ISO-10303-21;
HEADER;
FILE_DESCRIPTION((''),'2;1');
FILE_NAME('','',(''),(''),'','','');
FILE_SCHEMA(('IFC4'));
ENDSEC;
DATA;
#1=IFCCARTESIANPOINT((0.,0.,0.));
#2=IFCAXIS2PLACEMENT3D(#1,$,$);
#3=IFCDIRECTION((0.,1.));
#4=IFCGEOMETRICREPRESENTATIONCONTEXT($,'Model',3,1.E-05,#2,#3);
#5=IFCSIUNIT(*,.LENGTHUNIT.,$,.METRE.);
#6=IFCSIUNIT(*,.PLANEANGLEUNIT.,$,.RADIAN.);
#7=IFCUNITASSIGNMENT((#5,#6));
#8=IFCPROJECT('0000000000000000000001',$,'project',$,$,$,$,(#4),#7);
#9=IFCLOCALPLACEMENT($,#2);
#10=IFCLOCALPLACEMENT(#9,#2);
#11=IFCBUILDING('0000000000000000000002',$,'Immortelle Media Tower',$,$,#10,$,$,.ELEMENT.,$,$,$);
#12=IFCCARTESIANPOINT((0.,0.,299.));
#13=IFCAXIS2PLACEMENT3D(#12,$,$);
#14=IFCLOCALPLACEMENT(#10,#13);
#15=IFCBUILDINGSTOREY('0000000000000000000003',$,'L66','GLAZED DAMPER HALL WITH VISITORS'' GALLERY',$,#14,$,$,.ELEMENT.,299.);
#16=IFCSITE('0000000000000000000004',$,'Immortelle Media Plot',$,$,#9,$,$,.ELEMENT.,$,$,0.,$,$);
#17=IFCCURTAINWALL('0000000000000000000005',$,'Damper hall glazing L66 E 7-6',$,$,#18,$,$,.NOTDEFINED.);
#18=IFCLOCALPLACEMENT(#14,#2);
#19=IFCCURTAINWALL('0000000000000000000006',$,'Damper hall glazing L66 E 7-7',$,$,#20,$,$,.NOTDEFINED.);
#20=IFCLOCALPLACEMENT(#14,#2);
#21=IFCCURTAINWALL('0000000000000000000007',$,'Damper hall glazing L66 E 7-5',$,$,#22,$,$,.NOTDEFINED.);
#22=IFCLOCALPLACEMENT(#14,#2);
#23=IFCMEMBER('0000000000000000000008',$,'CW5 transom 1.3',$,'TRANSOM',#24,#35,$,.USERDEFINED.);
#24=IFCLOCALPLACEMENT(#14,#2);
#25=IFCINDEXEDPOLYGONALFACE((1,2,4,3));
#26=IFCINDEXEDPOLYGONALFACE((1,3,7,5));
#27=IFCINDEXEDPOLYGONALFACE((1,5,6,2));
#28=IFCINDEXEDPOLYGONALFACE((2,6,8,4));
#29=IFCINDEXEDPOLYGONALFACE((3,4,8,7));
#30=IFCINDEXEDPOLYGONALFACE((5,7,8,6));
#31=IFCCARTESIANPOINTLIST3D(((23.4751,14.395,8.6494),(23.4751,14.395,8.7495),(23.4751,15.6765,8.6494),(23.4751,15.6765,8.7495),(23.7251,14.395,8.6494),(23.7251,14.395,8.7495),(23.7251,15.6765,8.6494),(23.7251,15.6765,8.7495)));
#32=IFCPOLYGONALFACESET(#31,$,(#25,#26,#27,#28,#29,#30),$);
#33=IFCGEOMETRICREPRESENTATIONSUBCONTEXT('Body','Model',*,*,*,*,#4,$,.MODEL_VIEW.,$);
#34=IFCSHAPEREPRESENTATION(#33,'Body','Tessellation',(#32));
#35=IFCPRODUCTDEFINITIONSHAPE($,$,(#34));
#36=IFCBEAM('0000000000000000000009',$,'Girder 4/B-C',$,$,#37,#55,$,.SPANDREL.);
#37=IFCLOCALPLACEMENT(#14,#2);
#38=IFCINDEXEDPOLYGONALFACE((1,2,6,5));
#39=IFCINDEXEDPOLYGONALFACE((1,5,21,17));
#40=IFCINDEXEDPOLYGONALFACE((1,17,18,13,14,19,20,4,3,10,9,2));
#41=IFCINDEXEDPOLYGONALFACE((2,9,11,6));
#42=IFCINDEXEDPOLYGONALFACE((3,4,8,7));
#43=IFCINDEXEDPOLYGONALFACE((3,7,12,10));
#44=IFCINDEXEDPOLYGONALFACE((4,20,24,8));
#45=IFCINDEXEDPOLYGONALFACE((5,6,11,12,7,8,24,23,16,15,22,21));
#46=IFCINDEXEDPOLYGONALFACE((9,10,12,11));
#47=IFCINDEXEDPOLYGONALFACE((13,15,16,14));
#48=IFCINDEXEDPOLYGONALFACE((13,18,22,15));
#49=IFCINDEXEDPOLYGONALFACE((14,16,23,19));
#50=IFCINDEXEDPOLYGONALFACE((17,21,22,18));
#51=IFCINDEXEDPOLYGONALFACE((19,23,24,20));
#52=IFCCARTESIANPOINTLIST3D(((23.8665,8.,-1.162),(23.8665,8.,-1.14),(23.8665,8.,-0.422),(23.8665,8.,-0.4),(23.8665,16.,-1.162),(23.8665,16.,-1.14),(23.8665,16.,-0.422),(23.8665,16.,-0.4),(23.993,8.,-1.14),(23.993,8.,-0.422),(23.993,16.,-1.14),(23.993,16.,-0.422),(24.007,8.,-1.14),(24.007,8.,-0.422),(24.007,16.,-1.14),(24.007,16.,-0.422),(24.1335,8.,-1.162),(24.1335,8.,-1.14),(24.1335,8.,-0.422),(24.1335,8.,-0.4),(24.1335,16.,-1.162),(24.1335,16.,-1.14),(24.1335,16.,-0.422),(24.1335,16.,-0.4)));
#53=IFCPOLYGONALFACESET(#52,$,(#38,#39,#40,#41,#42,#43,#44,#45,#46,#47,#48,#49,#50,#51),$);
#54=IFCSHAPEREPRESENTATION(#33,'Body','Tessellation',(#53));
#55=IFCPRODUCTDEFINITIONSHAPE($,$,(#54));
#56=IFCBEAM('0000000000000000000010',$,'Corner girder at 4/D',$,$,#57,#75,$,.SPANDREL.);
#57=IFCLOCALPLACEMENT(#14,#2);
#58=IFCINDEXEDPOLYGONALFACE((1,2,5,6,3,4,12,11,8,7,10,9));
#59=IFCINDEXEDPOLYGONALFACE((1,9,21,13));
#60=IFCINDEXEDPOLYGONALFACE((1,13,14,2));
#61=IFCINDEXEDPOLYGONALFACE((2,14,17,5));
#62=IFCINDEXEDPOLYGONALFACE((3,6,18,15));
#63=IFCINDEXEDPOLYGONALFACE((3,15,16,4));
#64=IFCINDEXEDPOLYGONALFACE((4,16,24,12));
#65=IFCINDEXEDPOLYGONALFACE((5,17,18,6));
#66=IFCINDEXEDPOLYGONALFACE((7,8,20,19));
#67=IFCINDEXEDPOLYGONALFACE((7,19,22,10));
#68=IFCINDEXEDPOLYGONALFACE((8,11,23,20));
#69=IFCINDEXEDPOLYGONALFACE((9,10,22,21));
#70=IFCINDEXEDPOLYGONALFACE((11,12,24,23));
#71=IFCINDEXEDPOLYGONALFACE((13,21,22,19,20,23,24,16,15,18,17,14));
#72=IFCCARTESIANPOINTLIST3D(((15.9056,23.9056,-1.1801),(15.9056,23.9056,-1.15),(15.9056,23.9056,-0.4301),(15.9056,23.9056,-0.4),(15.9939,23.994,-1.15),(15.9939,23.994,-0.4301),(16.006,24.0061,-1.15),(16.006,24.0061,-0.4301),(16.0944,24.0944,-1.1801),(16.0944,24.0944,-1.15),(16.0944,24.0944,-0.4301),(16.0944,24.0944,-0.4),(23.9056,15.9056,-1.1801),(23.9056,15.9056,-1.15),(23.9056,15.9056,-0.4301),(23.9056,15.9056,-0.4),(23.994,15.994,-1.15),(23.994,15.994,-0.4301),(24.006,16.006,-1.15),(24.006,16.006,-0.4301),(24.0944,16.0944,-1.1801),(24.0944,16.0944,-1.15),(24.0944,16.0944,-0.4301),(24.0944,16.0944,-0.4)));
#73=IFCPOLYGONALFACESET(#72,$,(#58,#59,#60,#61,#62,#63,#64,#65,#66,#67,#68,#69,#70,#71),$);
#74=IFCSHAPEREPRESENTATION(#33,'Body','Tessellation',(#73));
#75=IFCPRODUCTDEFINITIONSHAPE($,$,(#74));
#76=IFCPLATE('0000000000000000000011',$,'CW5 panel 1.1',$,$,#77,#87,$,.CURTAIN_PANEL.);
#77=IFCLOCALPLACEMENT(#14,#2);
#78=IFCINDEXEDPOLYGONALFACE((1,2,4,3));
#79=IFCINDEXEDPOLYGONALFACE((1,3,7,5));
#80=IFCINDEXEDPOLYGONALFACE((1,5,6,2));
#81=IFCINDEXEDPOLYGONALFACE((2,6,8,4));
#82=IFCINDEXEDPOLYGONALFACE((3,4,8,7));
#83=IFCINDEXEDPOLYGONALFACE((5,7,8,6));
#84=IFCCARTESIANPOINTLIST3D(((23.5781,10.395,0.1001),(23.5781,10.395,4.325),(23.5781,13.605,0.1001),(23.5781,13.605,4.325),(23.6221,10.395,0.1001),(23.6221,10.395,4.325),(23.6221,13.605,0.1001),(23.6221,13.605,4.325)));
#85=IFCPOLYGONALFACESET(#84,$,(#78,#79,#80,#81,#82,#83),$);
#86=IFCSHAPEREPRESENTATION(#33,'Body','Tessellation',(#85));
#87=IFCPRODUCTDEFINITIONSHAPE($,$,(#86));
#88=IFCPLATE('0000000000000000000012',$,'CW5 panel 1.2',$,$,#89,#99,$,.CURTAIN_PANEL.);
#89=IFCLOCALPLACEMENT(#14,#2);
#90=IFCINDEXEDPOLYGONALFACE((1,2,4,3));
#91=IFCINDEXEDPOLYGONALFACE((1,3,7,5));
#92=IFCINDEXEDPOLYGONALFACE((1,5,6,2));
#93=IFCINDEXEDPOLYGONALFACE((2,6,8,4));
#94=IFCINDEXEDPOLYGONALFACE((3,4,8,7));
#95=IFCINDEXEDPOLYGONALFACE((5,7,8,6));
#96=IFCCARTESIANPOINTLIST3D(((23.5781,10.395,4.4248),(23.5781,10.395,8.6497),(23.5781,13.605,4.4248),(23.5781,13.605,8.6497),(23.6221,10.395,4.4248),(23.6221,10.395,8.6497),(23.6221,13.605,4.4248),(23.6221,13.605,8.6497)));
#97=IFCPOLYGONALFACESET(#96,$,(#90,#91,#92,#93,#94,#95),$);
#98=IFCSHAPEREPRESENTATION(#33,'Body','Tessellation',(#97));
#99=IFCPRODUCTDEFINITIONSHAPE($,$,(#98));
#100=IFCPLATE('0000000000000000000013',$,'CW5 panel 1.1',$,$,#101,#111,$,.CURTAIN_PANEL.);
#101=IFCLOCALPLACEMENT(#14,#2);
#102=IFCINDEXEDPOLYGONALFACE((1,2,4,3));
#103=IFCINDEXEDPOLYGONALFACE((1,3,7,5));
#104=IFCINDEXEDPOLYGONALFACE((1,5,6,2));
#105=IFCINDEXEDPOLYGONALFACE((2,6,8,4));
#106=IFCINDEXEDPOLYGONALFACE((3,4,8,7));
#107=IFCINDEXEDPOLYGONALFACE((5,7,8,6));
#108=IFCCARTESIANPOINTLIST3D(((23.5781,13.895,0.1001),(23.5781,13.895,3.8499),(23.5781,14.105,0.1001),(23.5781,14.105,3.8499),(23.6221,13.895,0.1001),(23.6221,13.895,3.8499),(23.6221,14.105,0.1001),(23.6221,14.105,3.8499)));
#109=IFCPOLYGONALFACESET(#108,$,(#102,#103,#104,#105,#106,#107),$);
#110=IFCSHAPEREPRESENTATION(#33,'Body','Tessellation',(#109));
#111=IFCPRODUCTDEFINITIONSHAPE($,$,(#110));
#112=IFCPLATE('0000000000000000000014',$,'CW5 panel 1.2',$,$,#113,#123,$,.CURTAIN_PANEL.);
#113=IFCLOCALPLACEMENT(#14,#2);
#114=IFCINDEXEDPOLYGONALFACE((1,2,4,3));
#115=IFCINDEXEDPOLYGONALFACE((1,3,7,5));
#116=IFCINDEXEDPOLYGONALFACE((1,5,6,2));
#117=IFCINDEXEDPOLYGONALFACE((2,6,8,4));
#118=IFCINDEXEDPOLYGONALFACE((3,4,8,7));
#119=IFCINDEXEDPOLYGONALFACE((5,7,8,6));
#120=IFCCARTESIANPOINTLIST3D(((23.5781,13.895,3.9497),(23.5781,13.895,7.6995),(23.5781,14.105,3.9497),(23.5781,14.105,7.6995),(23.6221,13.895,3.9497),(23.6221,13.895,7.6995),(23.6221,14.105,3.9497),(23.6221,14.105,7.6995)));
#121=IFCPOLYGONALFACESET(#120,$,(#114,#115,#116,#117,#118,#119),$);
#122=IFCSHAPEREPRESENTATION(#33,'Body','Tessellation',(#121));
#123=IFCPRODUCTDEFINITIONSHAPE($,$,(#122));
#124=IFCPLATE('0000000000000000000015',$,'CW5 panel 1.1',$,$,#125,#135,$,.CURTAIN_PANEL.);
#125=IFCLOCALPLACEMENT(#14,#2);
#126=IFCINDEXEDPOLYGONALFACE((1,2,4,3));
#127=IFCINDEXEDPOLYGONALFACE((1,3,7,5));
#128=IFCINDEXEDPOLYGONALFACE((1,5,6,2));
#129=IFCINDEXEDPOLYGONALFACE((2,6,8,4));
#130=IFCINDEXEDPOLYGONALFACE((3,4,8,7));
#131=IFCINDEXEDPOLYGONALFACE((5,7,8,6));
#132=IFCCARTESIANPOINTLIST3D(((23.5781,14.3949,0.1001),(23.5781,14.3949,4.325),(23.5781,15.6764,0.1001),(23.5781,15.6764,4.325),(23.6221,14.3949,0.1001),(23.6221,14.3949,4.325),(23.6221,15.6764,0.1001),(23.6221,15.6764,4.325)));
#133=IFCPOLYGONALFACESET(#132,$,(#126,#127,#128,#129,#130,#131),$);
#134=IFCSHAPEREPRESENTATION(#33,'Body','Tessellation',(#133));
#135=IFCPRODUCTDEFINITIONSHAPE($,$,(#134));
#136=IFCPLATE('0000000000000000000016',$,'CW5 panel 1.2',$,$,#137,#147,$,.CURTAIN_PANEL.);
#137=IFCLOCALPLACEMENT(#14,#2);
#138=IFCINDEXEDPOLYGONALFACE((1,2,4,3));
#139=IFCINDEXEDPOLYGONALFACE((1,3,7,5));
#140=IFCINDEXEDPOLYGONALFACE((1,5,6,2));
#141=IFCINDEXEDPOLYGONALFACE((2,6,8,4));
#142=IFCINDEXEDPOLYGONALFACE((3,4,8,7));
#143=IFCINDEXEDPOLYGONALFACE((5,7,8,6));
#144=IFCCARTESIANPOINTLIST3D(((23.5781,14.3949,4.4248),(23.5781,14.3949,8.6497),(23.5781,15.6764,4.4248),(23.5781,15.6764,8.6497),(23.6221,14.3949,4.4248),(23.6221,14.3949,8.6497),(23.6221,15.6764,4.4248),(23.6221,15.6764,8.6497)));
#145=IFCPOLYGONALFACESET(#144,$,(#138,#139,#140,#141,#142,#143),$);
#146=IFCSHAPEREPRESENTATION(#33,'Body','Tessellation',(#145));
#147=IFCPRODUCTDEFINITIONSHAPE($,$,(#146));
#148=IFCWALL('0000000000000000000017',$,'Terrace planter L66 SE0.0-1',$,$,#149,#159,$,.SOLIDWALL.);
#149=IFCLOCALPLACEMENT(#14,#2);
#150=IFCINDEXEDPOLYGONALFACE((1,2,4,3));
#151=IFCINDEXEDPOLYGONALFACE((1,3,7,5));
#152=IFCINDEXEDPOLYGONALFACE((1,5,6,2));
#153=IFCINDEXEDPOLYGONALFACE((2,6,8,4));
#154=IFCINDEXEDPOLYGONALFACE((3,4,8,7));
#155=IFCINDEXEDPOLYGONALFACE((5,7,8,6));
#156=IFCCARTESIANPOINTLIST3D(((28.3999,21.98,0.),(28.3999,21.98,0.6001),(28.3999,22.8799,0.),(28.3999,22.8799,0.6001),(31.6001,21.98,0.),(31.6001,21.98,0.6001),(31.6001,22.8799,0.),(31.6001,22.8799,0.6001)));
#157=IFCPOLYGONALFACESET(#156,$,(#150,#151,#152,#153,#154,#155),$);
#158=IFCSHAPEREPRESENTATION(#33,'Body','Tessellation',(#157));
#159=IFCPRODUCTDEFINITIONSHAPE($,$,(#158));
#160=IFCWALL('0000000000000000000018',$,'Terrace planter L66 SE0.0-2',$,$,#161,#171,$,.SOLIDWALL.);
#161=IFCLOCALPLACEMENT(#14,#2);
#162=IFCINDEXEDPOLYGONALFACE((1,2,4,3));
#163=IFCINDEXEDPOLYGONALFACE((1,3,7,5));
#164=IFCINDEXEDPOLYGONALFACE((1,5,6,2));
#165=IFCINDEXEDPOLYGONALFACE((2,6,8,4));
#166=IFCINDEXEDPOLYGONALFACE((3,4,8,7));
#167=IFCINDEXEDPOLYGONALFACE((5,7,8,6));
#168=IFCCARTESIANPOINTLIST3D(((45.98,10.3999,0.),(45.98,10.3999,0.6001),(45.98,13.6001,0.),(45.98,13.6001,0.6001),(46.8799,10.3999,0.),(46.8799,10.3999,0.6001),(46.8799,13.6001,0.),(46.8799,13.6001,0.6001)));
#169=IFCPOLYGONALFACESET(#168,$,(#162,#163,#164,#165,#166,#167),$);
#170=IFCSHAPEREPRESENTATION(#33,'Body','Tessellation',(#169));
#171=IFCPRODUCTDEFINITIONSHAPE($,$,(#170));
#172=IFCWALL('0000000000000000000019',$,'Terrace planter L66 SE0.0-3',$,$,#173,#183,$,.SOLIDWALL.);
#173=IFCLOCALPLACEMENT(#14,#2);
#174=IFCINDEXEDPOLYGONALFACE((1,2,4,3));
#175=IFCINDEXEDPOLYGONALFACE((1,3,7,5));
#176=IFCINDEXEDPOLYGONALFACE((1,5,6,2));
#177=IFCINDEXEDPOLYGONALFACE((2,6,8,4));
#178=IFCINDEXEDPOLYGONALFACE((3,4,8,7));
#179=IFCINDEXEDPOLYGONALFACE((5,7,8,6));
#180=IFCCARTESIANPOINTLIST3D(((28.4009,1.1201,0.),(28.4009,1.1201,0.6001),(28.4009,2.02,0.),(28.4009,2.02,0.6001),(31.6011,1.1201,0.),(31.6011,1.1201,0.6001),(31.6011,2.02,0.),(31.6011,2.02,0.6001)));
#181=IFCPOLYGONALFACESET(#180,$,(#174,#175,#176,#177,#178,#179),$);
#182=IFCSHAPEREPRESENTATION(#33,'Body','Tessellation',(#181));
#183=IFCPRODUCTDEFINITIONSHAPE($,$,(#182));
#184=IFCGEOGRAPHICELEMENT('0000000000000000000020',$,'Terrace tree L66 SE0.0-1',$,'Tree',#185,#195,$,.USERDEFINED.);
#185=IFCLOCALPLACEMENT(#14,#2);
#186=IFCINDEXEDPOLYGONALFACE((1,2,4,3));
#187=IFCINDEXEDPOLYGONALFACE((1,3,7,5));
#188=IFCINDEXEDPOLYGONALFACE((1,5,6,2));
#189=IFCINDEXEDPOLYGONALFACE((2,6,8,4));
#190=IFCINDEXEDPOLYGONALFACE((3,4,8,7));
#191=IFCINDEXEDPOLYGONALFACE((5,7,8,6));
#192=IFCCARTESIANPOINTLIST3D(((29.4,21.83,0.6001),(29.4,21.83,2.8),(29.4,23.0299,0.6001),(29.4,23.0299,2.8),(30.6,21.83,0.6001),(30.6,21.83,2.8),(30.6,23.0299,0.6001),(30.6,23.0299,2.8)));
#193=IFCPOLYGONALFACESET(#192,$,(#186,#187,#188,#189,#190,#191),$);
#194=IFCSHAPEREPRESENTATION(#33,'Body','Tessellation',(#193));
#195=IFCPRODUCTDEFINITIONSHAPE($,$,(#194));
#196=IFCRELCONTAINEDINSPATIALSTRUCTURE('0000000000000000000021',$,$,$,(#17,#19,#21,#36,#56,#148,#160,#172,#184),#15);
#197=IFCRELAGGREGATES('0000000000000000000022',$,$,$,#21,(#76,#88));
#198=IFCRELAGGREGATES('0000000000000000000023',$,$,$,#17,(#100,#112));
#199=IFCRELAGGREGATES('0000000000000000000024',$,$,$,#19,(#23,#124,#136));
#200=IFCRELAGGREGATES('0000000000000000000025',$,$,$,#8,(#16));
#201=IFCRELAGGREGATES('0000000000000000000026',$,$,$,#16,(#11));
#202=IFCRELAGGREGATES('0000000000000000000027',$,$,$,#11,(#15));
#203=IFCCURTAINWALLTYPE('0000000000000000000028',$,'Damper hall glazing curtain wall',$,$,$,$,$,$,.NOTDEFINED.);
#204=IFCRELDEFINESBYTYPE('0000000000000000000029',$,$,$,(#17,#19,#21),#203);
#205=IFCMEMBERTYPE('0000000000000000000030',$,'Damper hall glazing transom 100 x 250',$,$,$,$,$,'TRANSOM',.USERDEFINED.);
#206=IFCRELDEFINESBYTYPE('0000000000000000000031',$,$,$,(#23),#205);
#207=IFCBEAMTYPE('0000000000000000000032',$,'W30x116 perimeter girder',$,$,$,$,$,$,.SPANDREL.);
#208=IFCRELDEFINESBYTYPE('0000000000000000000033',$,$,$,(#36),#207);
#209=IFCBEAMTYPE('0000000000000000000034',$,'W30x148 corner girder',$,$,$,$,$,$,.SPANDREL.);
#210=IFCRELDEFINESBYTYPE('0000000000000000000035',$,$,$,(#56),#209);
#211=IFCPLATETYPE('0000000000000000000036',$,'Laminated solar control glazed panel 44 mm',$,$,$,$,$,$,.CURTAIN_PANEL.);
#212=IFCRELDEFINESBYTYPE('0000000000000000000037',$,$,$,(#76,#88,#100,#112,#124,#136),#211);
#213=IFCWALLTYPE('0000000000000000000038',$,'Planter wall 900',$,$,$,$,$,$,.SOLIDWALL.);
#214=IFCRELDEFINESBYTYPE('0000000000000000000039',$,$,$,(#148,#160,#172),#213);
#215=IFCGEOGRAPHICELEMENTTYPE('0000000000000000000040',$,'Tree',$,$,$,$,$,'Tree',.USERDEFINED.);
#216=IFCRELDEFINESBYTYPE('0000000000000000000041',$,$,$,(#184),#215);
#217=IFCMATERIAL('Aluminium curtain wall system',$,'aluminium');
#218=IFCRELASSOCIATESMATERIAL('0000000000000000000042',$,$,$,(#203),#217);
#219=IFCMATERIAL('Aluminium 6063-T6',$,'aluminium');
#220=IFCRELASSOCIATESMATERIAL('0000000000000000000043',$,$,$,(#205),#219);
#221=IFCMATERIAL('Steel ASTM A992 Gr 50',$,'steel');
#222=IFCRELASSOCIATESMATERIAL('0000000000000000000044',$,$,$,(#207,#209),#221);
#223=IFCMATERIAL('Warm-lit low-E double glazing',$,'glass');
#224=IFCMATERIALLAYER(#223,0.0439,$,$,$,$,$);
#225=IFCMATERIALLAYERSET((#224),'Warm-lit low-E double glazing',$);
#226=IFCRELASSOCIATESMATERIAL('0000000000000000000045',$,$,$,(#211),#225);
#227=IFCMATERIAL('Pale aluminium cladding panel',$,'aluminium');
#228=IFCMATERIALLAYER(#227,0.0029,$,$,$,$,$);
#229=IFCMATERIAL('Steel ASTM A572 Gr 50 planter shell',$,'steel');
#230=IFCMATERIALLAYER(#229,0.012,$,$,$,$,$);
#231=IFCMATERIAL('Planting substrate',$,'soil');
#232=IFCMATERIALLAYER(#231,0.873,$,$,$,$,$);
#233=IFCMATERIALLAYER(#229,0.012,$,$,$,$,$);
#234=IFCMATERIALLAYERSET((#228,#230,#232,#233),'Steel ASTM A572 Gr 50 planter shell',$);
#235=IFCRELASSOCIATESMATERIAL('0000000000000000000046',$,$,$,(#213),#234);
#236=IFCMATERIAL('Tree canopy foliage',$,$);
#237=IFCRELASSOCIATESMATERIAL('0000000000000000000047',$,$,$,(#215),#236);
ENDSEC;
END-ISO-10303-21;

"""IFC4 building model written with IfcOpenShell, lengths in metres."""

from ifc_helpers import new_model, si_unit, direction, frame, frame_2d, origin, origin_2d, place, context, subcontext, project, spatial, rectangle, i_section, extrude, material, layer, layer_set, material_profile, profile_set, type_object, element, aggregate, save


model = new_model("IFC4")

# Units and contexts
model_context = context("Model", 3, precision=1e-05, world=origin(), true_north=direction((0.0, 1.0)))
body_context = subcontext(model_context, "Body", "Model", "MODEL_VIEW")
ifc_project = project(units=[si_unit("LENGTHUNIT", "METRE"), si_unit("PLANEANGLEUNIT", "RADIAN")], contexts=[model_context])

# Site, building, storey
site_placement = place(None, origin())
site = spatial("IfcSite", under=ifc_project, at=site_placement, Name="Immortelle Media Plot", CompositionType="ELEMENT", RefElevation=0.0)
building_placement = place(site_placement, origin())
building = spatial("IfcBuilding", under=site, at=building_placement, Name="Immortelle Media Tower", CompositionType="ELEMENT")
storey_placement = place(building_placement, frame((0.0, 0.0, 299.0)))
storey = spatial("IfcBuildingStorey", under=building, at=storey_placement, Name="L66", Description="GLAZED DAMPER HALL WITH VISITORS' GALLERY", CompositionType="ELEMENT", Elevation=299.0)

# Shared definitions
ifc_material_1 = material(Name="Steel ASTM A992 Gr 50", Category="steel")

# Shared definitions
ifc_material_2 = material(Name="Aluminium curtain wall system", Category="aluminium")
curtain_wall_type = type_object("IfcCurtainWallType", Name="Damper hall glazing curtain wall", PredefinedType="NOTDEFINED", material=ifc_material_2)
ifc_material_3 = material(Name="Aluminium 6063-T6", Category="aluminium")

# Curtain walls
curtain_wall_1_placement = place(storey_placement, origin())
curtain_wall_1 = element("IfcCurtainWall", 1, at=curtain_wall_1_placement, inside=storey, type_object=curtain_wall_type, Name="Damper hall glazing L66 E 7-6", PredefinedType="NOTDEFINED")
curtain_wall_2_placement = place(storey_placement, origin())
curtain_wall_2 = element("IfcCurtainWall", 2, at=curtain_wall_2_placement, inside=storey, type_object=curtain_wall_type, Name="Damper hall glazing L66 E 7-7", PredefinedType="NOTDEFINED")

# Curtain wall
curtain_wall_3_placement = place(storey_placement, origin())
curtain_wall_3 = element("IfcCurtainWall", 3, at=curtain_wall_3_placement, inside=storey, type_object=curtain_wall_type, Name="Damper hall glazing L66 E 7-5", PredefinedType="NOTDEFINED")
ifc_material_profile_1 = material_profile(ifc_material_3, rectangle(XDim=0.25, YDim=0.1001, at=origin_2d()), Name="AL 100x250")
ifc_profile_set_1 = profile_set([ifc_material_profile_1], Name="Aluminium 6063-T6")
member_type_1 = type_object("IfcMemberType", Name="Damper hall glazing transom 100 x 250", ElementType="TRANSOM", PredefinedType="USERDEFINED", material=ifc_profile_set_1)

# Member
member_1_placement = place(storey_placement, frame((23.6001, 14.395, 8.6995), z_axis=(0.0, 1.0, 0.0), x_axis=(-1.0, 0.0, 0.0)))
member_1 = element("IfcMember", 4, at=member_1_placement, type_object=member_type_1, Name="CW5 transom 1.3", ObjectType="TRANSOM", PredefinedType="USERDEFINED", context=body_context, shape_type="SweptSolid", body=[
    extrude(rectangle(XDim=0.25, YDim=0.1001, at=origin_2d()), origin(), (0.0, 0.0, 1.0), 1.2815),
])

# Beams
ifc_material_profile_2 = material_profile(ifc_material_1, i_section(OverallWidth=0.2671, OverallDepth=0.762, WebThickness=0.0139, FlangeThickness=0.022, at=origin_2d()), Name="W30x116")
ifc_profile_set_2 = profile_set([ifc_material_profile_2], Name="Steel ASTM A992 Gr 50")
beam_type_1 = type_object("IfcBeamType", Name="W30x116 perimeter girder", PredefinedType="SPANDREL", material=ifc_profile_set_2)
beam_1_placement = place(storey_placement, frame((24.0, 8.0, -0.781), z_axis=(0.0, 1.0, 0.0), x_axis=(-1.0, 0.0, 0.0)))
element("IfcBeam", 5, at=beam_1_placement, inside=storey, type_object=beam_type_1, Name="Girder 4/B-C", PredefinedType="SPANDREL", context=body_context, shape_type="SweptSolid", body=[
    extrude(i_section(OverallWidth=0.2671, OverallDepth=0.762, WebThickness=0.0139, FlangeThickness=0.022, at=origin_2d()), origin(), (0.0, 0.0, 1.0), 8.0),
])
ifc_material_profile_3 = material_profile(ifc_material_1, i_section(OverallWidth=0.2671, OverallDepth=0.78, WebThickness=0.0171, FlangeThickness=0.03, at=origin_2d()), Name="W30x148")
ifc_profile_set_3 = profile_set([ifc_material_profile_3], Name="Steel ASTM A992 Gr 50")
beam_type_2 = type_object("IfcBeamType", Name="W30x148 corner girder", PredefinedType="SPANDREL", material=ifc_profile_set_3)
beam_2_placement = place(storey_placement, frame((24.0, 16.0, -0.79), z_axis=(-0.707107, 0.707107, 0.0), x_axis=(-0.707107, -0.707107, 0.0)))
element("IfcBeam", 6, at=beam_2_placement, inside=storey, type_object=beam_type_2, Name="Corner girder at 4/D", PredefinedType="SPANDREL", context=body_context, shape_type="SweptSolid", body=[
    extrude(i_section(OverallWidth=0.2671, OverallDepth=0.78, WebThickness=0.0171, FlangeThickness=0.03, at=origin_2d()), origin(), (0.0, 0.0, 1.0), 11.3137),
])

# Plates
ifc_material_4 = material(Name="Warm-lit low-E double glazing", Category="glass")
ifc_layer_1 = layer(ifc_material_4, 0.0439)
ifc_layer_set_1 = layer_set([ifc_layer_1], Name="Warm-lit low-E double glazing")
plate_type = type_object("IfcPlateType", Name="Laminated solar control glazed panel 44 mm", PredefinedType="CURTAIN_PANEL", material=ifc_layer_set_1)
plate_1_placement = place(storey_placement, frame((23.6001, 12.0, 0.1001), z_axis=(0.0, 0.0, 1.0), x_axis=(0.0, 1.0, 0.0)))
plate_1 = element("IfcPlate", 7, at=plate_1_placement, type_object=plate_type, Name="CW5 panel 1.1", PredefinedType="CURTAIN_PANEL", context=body_context, shape_type="SweptSolid", body=[
    extrude(rectangle(XDim=3.21, YDim=0.0439, at=origin_2d()), origin(), (0.0, 0.0, 1.0), 4.2249),
])
plate_2_placement = place(storey_placement, frame((23.6001, 12.0, 4.4248), z_axis=(0.0, 0.0, 1.0), x_axis=(0.0, 1.0, 0.0)))
plate_2 = element("IfcPlate", 8, at=plate_2_placement, type_object=plate_type, Name="CW5 panel 1.2", PredefinedType="CURTAIN_PANEL", context=body_context, shape_type="SweptSolid", body=[
    extrude(rectangle(XDim=3.21, YDim=0.0439, at=origin_2d()), origin(), (0.0, 0.0, 1.0), 4.2249),
])
aggregate(curtain_wall_3, [plate_1, plate_2])
plate_3_placement = place(storey_placement, frame((23.6001, 14.0, 0.1001), z_axis=(0.0, 0.0, 1.0), x_axis=(0.0, 1.0, 0.0)))
plate_3 = element("IfcPlate", 9, at=plate_3_placement, type_object=plate_type, Name="CW5 panel 1.1", PredefinedType="CURTAIN_PANEL", context=body_context, shape_type="SweptSolid", body=[
    extrude(rectangle(XDim=0.21, YDim=0.0439, at=origin_2d()), origin(), (0.0, 0.0, 1.0), 3.7498),
])
plate_4_placement = place(storey_placement, frame((23.6001, 14.0, 3.9497), z_axis=(0.0, 0.0, 1.0), x_axis=(0.0, 1.0, 0.0)))
plate_4 = element("IfcPlate", 10, at=plate_4_placement, type_object=plate_type, Name="CW5 panel 1.2", PredefinedType="CURTAIN_PANEL", context=body_context, shape_type="SweptSolid", body=[
    extrude(rectangle(XDim=0.21, YDim=0.0439, at=origin_2d()), origin(), (0.0, 0.0, 1.0), 3.7498),
])
aggregate(curtain_wall_1, [plate_3, plate_4])
plate_5_placement = place(storey_placement, frame((23.6001, 15.0356, 0.1001), z_axis=(0.0, 0.0, 1.0), x_axis=(0.0, 1.0, 0.0)))
plate_5 = element("IfcPlate", 11, at=plate_5_placement, type_object=plate_type, Name="CW5 panel 1.1", PredefinedType="CURTAIN_PANEL", context=body_context, shape_type="SweptSolid", body=[
    extrude(rectangle(XDim=1.2815, YDim=0.0439, at=origin_2d()), origin(), (0.0, 0.0, 1.0), 4.2249),
])
plate_6_placement = place(storey_placement, frame((23.6001, 15.0356, 4.4248), z_axis=(0.0, 0.0, 1.0), x_axis=(0.0, 1.0, 0.0)))
plate_6 = element("IfcPlate", 12, at=plate_6_placement, type_object=plate_type, Name="CW5 panel 1.2", PredefinedType="CURTAIN_PANEL", context=body_context, shape_type="SweptSolid", body=[
    extrude(rectangle(XDim=1.2815, YDim=0.0439, at=origin_2d()), origin(), (0.0, 0.0, 1.0), 4.2249),
])
aggregate(curtain_wall_2, [member_1, plate_5, plate_6])

# Shared definitions
ifc_material_5 = material(Name="Pale aluminium cladding panel", Category="aluminium")

# Walls
ifc_layer_2 = layer(ifc_material_5, 0.0029)
ifc_material_6 = material(Name="Steel ASTM A572 Gr 50 planter shell", Category="steel")
ifc_layer_3 = layer(ifc_material_6, 0.012)
ifc_material_7 = material(Name="Planting substrate", Category="soil")
ifc_layer_4 = layer(ifc_material_7, 0.873)
ifc_layer_5 = layer(ifc_material_6, 0.012)
ifc_layer_set_2 = layer_set([ifc_layer_2, ifc_layer_3, ifc_layer_4, ifc_layer_5], Name="Steel ASTM A572 Gr 50 planter shell")
wall_type_1 = type_object("IfcWallType", Name="Planter wall 900", PredefinedType="SOLIDWALL", material=ifc_layer_set_2)
for number, where, z_axis, x_axis, name in (
    (13, (28.3999, 22.4299, 0.0), (0.0, 0.0, 1.0), (1.0, 0.0, 0.0), "Terrace planter L66 SE0.0-1"),
    (14, (46.4299, 13.6001, 0.0), (0.0, 0.0, 1.0), (0.0, -1.0, 0.0), "Terrace planter L66 SE0.0-2"),
    (15, (31.6011, 1.5701, 0.0), (0.0, 0.0, 1.0), (-1.0, 0.0, 0.0), "Terrace planter L66 SE0.0-3"),
):
    element("IfcWall", number, at=place(storey_placement, frame(where, z_axis=z_axis, x_axis=x_axis)), inside=storey, type_object=wall_type_1, Name=name, PredefinedType="SOLIDWALL", context=body_context, shape_type="SweptSolid", body=[
        extrude(rectangle(XDim=3.2002, YDim=0.8999, at=frame_2d((1.6001, 0.0))), origin(), (0.0, 0.0, 1.0), 0.6001),
    ])

# Geographic element
ifc_material_8 = material(Name="Tree canopy foliage")
geographic_element_type = type_object("IfcGeographicElementType", Name="Tree", ElementType="Tree", PredefinedType="USERDEFINED", material=ifc_material_8)
for number, where, z_axis, x_axis, name in (
    (16, (30.0, 22.4299, 0.6001), (0.0, 0.0, 1.0), (1.0, 0.0, 0.0), "Terrace tree L66 SE0.0-1"),
):
    element("IfcGeographicElement", number, at=place(storey_placement, frame(where, z_axis=z_axis, x_axis=x_axis)), inside=storey, type_object=geographic_element_type, Name=name, ObjectType="Tree", PredefinedType="USERDEFINED", context=body_context, shape_type="SweptSolid", body=[
        extrude(rectangle(XDim=1.2, YDim=1.2, at=origin_2d()), origin(), (0.0, 0.0, 1.0), 2.2),
    ])

save(model, "model.ifc")
